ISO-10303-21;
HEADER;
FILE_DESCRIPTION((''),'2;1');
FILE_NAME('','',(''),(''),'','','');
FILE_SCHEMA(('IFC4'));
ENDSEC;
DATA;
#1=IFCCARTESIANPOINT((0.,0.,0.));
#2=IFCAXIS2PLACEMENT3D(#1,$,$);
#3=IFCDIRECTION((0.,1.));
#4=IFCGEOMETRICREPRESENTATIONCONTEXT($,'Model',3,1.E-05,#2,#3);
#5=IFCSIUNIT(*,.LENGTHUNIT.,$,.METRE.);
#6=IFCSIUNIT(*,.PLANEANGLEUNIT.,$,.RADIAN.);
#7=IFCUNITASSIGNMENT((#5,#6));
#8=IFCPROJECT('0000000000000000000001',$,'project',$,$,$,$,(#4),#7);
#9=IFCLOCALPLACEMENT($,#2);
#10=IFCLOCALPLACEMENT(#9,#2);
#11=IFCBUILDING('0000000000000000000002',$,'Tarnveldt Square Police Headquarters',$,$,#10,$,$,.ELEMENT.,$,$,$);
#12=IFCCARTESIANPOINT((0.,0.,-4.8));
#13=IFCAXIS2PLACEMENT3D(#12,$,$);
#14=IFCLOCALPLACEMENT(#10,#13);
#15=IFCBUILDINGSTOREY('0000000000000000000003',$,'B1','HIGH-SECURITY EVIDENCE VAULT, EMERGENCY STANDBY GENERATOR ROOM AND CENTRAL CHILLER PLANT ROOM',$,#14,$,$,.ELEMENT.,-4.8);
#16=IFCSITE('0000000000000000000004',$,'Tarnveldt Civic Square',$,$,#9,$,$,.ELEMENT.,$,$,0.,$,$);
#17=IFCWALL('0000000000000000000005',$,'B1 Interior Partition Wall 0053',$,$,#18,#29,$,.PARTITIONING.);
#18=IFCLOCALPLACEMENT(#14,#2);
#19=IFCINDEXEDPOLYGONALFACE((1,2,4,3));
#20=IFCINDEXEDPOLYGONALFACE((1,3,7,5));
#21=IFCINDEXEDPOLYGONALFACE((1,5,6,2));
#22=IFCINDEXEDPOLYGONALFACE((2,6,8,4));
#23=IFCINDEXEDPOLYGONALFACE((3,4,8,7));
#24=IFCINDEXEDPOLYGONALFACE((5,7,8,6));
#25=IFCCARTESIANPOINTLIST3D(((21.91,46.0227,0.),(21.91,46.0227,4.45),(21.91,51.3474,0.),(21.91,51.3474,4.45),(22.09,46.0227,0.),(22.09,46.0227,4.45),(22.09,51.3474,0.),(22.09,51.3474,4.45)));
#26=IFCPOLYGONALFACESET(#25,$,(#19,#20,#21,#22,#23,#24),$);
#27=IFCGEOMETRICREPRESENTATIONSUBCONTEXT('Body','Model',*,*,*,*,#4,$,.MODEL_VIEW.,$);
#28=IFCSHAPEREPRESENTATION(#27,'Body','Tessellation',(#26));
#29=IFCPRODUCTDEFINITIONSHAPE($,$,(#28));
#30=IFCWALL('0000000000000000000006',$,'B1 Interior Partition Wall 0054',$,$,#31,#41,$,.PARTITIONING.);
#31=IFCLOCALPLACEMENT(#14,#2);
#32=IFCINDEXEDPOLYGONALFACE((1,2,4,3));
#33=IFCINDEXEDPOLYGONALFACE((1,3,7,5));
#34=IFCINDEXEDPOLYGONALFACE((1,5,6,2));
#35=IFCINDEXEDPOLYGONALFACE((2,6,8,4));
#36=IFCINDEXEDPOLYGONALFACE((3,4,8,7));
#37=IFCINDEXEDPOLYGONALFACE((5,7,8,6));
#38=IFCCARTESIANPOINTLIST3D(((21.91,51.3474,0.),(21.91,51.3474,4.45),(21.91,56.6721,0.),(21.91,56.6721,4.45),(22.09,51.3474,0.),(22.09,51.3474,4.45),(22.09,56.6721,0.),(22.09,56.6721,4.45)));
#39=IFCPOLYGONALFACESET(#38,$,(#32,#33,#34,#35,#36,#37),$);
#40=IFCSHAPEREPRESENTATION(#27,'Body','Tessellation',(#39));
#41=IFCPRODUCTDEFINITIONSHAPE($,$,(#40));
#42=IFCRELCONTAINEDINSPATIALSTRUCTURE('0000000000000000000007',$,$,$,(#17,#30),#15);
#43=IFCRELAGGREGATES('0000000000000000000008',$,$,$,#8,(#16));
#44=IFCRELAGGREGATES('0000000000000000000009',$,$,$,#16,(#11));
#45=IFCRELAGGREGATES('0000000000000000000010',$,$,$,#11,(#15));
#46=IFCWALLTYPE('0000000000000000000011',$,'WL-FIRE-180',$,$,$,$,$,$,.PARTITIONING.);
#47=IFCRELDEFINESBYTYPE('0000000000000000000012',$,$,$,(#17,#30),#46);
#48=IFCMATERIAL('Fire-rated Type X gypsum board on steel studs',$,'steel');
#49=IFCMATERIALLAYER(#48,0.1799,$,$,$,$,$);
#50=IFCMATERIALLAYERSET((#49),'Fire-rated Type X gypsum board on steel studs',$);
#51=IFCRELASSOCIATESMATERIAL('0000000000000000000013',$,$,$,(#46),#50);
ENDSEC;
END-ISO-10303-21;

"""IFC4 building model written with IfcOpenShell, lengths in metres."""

from ifc_helpers import new_model, si_unit, direction, frame, frame_2d, origin, place, context, subcontext, project, spatial, rectangle, extrude, material, layer, layer_set, type_object, element, save


model = new_model("IFC4")

# Units and contexts
model_context = context("Model", 3, precision=1e-05, world=origin(), true_north=direction((0.0, 1.0)))
body_context = subcontext(model_context, "Body", "Model", "MODEL_VIEW")
ifc_project = project(units=[si_unit("LENGTHUNIT", "METRE"), si_unit("PLANEANGLEUNIT", "RADIAN")], contexts=[model_context])

# Site, building, storey
site_placement = place(None, origin())
site = spatial("IfcSite", under=ifc_project, at=site_placement, Name="Tarnveldt Civic Square", CompositionType="ELEMENT", RefElevation=0.0)
building_placement = place(site_placement, origin())
building = spatial("IfcBuilding", under=site, at=building_placement, Name="Tarnveldt Square Police Headquarters", CompositionType="ELEMENT")
storey_placement = place(building_placement, frame((0.0, 0.0, -4.8)))
storey = spatial("IfcBuildingStorey", under=building, at=storey_placement, Name="B1", Description="HIGH-SECURITY EVIDENCE VAULT, EMERGENCY STANDBY GENERATOR ROOM AND CENTRAL CHILLER PLANT ROOM", CompositionType="ELEMENT", Elevation=-4.8)

# Shared definitions
ifc_material_1 = material(Name="Fire-rated Type X gypsum board on steel studs", Category="steel")
ifc_layer = layer(ifc_material_1, 0.1799)
ifc_layer_set = layer_set([ifc_layer], Name="Fire-rated Type X gypsum board on steel studs")
wall_type = type_object("IfcWallType", Name="WL-FIRE-180", PredefinedType="PARTITIONING", material=ifc_layer_set)

# Walls
for number, where, z_axis, x_axis, name in (
    (1, (22.0, 46.0227, 0.0), (0.0, 0.0, 1.0), (0.0, 1.0, 0.0), "B1 Interior Partition Wall 0053"),
    (2, (22.0, 51.3474, 0.0), (0.0, 0.0, 1.0), (0.0, 1.0, 0.0), "B1 Interior Partition Wall 0054"),
):
    element("IfcWall", number, at=place(storey_placement, frame(where, z_axis=z_axis, x_axis=x_axis)), inside=storey, type_object=wall_type, Name=name, PredefinedType="PARTITIONING", context=body_context, shape_type="SweptSolid", body=[
        extrude(rectangle(XDim=5.3247, YDim=0.1799, at=frame_2d((2.6624, 0.0))), origin(), (0.0, 0.0, 1.0), 4.45),
    ])

save(model, "model.ifc")
